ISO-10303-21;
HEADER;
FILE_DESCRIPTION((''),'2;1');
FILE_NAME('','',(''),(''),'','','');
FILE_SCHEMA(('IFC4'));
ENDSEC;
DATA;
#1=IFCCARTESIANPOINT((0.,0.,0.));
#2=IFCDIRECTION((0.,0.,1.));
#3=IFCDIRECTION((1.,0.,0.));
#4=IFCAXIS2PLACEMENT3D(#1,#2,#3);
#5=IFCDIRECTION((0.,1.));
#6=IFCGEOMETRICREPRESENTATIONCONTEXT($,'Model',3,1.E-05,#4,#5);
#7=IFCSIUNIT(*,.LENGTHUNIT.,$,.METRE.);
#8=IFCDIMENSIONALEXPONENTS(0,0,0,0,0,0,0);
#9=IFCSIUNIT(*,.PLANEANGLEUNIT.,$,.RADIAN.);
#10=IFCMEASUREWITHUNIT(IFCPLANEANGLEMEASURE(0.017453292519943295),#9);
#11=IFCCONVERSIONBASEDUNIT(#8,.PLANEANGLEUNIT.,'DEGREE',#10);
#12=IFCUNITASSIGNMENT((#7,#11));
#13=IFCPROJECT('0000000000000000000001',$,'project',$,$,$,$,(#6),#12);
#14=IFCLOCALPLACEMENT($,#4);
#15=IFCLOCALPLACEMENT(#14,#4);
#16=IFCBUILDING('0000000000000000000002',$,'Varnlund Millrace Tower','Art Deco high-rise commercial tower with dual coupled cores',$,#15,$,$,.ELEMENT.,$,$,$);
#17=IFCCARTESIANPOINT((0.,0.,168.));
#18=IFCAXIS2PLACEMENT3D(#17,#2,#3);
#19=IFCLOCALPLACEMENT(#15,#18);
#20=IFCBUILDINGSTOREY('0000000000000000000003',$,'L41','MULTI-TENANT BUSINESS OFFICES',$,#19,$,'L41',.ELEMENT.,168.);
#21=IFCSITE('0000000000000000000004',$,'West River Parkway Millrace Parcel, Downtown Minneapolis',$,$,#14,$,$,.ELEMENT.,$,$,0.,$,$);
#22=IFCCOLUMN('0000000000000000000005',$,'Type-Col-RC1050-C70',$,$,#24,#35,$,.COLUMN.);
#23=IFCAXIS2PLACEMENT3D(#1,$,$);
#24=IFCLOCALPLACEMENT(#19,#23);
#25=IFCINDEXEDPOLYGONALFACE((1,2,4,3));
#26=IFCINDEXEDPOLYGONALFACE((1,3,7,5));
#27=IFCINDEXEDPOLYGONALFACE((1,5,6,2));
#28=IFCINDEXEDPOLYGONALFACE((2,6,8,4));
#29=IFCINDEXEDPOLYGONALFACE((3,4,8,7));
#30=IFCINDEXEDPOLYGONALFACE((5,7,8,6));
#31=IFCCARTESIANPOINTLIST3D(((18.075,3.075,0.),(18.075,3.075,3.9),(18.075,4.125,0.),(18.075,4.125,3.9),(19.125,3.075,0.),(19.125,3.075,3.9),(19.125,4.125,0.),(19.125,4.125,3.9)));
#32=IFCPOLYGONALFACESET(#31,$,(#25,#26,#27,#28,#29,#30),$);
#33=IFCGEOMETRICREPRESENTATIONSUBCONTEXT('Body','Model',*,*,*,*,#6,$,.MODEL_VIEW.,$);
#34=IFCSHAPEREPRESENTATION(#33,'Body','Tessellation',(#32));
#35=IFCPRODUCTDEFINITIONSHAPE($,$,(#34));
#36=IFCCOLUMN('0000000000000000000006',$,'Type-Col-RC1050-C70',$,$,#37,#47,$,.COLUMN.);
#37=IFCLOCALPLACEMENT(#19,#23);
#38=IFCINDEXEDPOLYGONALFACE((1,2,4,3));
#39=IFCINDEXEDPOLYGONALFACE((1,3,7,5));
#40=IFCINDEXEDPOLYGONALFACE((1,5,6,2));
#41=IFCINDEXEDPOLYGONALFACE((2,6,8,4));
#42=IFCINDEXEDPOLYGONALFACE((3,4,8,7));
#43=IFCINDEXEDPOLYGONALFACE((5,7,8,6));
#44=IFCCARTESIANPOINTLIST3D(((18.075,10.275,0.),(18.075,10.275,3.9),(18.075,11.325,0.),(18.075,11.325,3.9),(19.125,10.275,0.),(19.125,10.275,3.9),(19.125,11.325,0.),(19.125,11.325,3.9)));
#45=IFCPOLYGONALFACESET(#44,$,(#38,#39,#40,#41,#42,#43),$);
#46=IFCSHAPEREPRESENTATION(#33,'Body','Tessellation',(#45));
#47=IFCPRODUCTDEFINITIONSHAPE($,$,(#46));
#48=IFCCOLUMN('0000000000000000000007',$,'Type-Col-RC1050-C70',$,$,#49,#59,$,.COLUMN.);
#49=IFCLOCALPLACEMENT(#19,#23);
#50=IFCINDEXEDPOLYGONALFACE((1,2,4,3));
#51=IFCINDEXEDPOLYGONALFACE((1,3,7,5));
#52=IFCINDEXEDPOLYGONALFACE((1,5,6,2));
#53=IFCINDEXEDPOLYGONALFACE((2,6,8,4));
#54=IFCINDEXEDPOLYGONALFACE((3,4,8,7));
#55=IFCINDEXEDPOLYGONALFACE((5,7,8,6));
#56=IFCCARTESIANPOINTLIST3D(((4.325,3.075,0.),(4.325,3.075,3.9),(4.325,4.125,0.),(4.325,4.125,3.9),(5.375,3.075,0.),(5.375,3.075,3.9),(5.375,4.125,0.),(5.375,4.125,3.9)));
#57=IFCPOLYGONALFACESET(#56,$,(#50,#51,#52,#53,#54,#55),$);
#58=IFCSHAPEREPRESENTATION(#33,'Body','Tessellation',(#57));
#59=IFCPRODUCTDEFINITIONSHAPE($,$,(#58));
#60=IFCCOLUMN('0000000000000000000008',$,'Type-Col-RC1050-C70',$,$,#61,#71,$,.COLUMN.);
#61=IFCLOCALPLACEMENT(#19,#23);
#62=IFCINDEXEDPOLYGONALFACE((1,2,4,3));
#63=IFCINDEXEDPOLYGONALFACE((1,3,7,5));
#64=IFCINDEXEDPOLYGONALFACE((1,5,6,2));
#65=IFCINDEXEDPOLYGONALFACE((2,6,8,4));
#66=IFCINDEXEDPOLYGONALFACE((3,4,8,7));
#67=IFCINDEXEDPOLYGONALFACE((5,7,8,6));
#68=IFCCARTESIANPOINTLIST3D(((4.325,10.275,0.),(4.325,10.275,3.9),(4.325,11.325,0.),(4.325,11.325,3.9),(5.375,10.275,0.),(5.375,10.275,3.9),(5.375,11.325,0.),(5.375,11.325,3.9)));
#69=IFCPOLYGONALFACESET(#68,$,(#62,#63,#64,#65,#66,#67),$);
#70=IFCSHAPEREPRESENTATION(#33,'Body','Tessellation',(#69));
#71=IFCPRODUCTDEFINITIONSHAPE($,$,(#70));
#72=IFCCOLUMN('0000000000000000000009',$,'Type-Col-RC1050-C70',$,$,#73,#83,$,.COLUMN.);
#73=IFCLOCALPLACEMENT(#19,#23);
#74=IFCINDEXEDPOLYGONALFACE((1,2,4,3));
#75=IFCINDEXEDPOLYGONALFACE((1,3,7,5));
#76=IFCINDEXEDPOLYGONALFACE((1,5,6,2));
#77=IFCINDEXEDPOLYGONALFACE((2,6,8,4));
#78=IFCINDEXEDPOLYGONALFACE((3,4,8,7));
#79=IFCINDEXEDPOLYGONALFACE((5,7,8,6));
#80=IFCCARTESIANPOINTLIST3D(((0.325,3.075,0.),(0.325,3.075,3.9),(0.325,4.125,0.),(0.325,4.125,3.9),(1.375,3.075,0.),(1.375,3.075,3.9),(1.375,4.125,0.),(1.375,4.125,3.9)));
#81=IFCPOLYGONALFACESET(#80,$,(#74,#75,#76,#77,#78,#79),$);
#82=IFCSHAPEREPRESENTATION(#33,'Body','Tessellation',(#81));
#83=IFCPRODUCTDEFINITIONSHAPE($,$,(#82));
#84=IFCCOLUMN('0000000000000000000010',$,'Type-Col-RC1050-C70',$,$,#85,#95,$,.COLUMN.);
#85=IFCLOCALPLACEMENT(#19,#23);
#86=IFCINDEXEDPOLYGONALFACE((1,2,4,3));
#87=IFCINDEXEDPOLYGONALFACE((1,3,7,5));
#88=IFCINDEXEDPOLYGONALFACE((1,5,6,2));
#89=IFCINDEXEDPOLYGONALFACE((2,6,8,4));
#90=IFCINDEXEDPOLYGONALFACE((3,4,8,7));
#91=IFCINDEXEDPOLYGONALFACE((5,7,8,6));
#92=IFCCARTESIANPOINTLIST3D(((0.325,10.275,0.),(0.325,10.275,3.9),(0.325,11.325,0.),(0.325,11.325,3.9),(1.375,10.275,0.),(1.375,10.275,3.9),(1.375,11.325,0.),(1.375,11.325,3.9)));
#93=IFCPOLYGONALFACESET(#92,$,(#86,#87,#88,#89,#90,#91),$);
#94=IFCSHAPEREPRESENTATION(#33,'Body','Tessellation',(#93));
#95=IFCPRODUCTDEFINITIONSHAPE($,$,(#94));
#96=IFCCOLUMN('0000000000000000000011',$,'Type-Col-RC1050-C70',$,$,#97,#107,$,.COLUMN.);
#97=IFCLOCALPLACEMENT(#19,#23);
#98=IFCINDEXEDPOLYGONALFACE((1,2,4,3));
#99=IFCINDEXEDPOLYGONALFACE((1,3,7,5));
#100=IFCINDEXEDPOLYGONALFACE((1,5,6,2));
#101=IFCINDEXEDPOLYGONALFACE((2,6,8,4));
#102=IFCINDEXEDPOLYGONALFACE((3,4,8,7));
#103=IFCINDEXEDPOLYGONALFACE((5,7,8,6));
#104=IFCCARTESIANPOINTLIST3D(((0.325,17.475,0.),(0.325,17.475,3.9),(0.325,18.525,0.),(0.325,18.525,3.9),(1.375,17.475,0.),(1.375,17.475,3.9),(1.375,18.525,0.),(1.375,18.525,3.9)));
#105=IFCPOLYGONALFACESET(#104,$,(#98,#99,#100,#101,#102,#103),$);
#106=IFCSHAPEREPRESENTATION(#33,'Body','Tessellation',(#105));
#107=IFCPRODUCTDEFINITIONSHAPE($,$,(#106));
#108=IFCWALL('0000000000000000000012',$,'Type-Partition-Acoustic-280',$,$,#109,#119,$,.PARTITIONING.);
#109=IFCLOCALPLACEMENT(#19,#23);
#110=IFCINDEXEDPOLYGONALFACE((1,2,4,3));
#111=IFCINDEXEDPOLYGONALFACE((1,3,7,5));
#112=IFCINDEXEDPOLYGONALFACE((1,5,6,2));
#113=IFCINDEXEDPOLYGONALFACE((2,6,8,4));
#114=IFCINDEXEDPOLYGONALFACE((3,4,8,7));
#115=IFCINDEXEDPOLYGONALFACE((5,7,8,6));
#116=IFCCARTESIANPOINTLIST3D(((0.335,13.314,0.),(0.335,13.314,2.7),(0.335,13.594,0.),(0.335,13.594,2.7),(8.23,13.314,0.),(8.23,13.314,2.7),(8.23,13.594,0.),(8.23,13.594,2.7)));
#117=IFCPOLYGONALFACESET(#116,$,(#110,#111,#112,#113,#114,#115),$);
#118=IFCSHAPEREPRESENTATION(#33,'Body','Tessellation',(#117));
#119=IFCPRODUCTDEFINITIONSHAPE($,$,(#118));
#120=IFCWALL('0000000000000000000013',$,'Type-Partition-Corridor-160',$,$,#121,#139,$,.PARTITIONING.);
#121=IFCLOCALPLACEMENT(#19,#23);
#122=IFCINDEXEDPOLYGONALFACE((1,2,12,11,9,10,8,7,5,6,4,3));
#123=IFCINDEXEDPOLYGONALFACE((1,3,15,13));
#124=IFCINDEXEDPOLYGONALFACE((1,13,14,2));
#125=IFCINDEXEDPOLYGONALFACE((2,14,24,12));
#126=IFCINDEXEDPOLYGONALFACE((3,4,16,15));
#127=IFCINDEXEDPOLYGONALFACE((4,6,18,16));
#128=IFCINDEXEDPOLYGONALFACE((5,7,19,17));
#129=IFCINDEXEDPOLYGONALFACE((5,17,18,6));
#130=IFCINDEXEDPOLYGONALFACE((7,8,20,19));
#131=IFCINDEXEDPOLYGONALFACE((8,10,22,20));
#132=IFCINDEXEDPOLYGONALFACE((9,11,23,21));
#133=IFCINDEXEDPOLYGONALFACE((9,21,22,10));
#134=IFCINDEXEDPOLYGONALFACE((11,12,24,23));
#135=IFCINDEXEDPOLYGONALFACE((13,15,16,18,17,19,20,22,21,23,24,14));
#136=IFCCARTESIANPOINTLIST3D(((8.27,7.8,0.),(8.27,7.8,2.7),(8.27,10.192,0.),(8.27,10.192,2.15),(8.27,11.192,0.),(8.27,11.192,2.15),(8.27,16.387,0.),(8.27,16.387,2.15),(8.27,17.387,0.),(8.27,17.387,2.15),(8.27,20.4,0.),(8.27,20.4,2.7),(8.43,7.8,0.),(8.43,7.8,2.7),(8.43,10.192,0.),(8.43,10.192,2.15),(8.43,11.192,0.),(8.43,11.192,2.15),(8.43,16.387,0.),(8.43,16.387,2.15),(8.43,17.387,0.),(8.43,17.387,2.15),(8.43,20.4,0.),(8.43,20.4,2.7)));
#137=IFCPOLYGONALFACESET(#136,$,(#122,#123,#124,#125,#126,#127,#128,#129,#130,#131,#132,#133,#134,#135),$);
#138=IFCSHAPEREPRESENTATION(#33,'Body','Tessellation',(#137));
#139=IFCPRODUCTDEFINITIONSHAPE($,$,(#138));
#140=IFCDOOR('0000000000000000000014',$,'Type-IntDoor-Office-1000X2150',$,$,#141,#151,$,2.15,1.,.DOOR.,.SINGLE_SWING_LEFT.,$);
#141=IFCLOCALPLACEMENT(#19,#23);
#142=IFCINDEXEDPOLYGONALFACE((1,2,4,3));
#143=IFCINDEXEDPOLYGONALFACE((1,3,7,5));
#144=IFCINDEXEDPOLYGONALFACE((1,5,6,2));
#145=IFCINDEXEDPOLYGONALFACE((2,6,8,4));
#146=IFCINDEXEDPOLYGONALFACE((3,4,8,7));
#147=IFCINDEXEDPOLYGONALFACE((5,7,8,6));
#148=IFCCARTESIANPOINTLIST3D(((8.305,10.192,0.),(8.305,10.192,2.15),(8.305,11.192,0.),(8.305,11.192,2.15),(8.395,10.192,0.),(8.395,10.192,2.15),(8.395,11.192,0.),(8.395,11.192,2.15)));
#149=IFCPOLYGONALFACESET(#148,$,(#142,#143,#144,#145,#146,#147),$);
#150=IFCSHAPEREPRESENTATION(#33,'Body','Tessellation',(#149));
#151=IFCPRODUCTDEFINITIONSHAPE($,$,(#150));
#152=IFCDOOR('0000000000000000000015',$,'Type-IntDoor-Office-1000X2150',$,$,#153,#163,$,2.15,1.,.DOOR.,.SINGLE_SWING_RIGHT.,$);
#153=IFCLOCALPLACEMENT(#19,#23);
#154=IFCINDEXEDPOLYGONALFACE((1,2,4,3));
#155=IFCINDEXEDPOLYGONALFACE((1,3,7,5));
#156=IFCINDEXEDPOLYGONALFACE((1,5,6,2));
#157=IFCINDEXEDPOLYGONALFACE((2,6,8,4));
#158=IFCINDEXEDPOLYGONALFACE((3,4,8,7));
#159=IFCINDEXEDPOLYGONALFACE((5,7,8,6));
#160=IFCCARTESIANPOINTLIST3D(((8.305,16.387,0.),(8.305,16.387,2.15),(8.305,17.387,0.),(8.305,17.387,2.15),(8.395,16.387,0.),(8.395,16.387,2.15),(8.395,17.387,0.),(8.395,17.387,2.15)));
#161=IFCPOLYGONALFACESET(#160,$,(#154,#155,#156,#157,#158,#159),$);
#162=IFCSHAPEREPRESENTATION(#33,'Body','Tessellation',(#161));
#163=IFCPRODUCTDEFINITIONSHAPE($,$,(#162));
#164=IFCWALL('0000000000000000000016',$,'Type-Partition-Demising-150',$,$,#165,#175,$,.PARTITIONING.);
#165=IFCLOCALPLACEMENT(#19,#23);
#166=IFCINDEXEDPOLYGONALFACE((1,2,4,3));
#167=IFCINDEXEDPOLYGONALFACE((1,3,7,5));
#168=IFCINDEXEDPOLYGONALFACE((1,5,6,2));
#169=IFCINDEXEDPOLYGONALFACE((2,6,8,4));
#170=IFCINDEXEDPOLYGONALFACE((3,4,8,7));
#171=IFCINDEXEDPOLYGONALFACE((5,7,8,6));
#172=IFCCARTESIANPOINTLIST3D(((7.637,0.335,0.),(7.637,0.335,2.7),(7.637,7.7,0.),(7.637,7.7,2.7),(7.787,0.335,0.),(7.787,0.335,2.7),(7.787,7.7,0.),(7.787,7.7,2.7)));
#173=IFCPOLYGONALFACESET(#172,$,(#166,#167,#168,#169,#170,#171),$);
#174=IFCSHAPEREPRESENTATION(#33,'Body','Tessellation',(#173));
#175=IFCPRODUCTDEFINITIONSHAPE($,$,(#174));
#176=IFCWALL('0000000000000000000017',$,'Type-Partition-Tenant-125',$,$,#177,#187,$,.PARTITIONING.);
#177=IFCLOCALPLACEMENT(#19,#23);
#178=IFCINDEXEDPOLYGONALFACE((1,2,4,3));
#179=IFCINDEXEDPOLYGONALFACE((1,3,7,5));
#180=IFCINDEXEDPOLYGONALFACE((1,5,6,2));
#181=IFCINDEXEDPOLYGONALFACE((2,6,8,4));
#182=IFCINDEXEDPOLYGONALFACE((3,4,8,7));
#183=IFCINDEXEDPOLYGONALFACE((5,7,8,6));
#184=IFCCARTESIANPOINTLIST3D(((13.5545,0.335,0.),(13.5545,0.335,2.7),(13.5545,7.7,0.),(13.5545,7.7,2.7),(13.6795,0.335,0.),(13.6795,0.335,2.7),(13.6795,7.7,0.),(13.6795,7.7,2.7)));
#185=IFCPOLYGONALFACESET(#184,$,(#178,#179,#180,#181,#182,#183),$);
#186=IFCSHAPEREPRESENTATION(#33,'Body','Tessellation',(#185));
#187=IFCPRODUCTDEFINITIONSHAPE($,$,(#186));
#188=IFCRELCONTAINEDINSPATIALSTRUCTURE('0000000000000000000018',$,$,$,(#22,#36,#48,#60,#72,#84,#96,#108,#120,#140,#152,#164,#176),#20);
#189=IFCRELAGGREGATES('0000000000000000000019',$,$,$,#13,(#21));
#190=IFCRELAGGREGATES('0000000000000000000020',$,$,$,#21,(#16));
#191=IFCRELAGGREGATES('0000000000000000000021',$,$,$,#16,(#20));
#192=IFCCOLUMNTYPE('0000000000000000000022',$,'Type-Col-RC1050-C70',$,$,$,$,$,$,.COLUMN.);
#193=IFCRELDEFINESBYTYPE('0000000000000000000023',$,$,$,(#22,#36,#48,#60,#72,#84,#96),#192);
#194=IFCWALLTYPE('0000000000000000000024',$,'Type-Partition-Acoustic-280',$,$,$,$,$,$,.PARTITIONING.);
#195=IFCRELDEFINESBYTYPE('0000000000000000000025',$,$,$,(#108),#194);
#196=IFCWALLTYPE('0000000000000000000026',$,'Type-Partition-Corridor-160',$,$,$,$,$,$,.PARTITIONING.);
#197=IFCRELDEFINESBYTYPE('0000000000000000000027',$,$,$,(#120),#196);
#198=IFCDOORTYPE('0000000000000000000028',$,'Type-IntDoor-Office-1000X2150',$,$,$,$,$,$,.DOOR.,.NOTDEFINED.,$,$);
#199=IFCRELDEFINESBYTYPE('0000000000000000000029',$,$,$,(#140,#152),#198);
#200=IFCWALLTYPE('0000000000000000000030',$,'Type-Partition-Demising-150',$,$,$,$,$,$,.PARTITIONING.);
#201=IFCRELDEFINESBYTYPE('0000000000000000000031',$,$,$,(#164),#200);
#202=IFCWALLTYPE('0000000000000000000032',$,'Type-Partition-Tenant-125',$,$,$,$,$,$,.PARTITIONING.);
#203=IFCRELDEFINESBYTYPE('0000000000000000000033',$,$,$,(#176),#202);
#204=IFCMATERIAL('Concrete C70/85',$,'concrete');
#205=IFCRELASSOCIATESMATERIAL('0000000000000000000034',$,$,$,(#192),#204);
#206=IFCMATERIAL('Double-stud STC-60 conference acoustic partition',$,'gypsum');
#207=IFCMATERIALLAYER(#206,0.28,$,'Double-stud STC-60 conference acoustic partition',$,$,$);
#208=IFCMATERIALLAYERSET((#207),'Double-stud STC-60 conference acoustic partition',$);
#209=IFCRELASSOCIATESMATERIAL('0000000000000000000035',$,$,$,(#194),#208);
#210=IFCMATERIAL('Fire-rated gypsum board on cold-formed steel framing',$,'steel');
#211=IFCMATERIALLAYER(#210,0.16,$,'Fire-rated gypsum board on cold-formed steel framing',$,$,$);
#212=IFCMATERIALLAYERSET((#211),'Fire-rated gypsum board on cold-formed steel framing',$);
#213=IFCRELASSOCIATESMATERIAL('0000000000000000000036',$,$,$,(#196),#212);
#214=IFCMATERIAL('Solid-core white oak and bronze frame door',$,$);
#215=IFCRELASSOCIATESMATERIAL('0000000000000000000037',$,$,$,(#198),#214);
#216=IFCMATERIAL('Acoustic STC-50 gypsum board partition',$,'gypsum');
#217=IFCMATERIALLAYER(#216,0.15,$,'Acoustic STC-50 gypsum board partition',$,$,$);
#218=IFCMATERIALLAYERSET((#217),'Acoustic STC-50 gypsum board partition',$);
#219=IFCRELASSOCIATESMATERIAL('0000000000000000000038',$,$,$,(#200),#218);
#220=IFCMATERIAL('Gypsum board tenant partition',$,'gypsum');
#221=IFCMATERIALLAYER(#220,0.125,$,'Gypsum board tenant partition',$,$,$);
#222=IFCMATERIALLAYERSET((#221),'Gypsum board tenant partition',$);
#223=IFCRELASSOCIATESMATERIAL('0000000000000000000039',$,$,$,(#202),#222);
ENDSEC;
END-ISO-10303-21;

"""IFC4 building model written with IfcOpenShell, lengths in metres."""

from ifc_helpers import new_model, entity, si_unit, converted_unit, direction, frame, origin_with_axes, origin_2d_with_axis, place, context, subcontext, project, spatial, polyline, rectangle, outline, extrude, material, layer, layer_set, material_profile, profile_set, type_object, element, fill, save


model = new_model("IFC4")

# Units and contexts
model_context = context("Model", 3, precision=1e-05, world=origin_with_axes(), true_north=direction((0.0, 1.0)))
body_context = subcontext(model_context, "Body", "Model", "MODEL_VIEW")
ifc_project = project(units=[si_unit("LENGTHUNIT", "METRE"), converted_unit("PLANEANGLEUNIT", "DEGREE", entity("IfcPlaneAngleMeasure", 0.017453292519943295), si_unit("PLANEANGLEUNIT", "RADIAN"), dimensions=[0, 0, 0, 0, 0, 0, 0])], contexts=[model_context])

# Site, building, storey
site_placement = place(None, origin_with_axes())
site = spatial("IfcSite", under=ifc_project, at=site_placement, Name="West River Parkway Millrace Parcel, Downtown Minneapolis", CompositionType="ELEMENT", RefElevation=0.0)
building_placement = place(site_placement, origin_with_axes())
building = spatial("IfcBuilding", under=site, at=building_placement, Name="Varnlund Millrace Tower", Description="Art Deco high-rise commercial tower with dual coupled cores", CompositionType="ELEMENT")
storey_placement = place(building_placement, frame((0.0, 0.0, 168.0), z_axis=(0.0, 0.0, 1.0), x_axis=(1.0, 0.0, 0.0)))
storey = spatial("IfcBuildingStorey", under=building, at=storey_placement, Name="L41", Description="MULTI-TENANT BUSINESS OFFICES", LongName="L41", CompositionType="ELEMENT", Elevation=168.0)

# Columns
ifc_material_1 = material(Name="Concrete C70/85", Category="concrete")
ifc_material_profile = material_profile(ifc_material_1, rectangle(XDim=1.05, YDim=1.05, at=origin_2d_with_axis()), Name="Concrete C70/85")
ifc_profile_set = profile_set([ifc_material_profile], Name="Concrete C70/85")
column_type = type_object("IfcColumnType", Name="Type-Col-RC1050-C70", PredefinedType="COLUMN", material=ifc_profile_set)
for number, where, z_axis, x_axis, name in (
    (1, (18.6, 3.6, 0.0), (0.0, 0.0, 1.0), (1.0, 0.0, 0.0), "Type-Col-RC1050-C70"),
    (2, (18.6, 10.8, 0.0), (0.0, 0.0, 1.0), (1.0, 0.0, 0.0), "Type-Col-RC1050-C70"),
    (3, (4.85, 3.6, 0.0), (0.0, 0.0, 1.0), (1.0, 0.0, 0.0), "Type-Col-RC1050-C70"),
    (4, (4.85, 10.8, 0.0), (0.0, 0.0, 1.0), (1.0, 0.0, 0.0), "Type-Col-RC1050-C70"),
    (5, (0.85, 3.6, 0.0), (0.0, 0.0, 1.0), (1.0, 0.0, 0.0), "Type-Col-RC1050-C70"),
    (6, (0.85, 10.8, 0.0), (0.0, 0.0, 1.0), (1.0, 0.0, 0.0), "Type-Col-RC1050-C70"),
    (7, (0.85, 18.0, 0.0), (0.0, 0.0, 1.0), (1.0, 0.0, 0.0), "Type-Col-RC1050-C70"),
):
    element("IfcColumn", number, at=place(storey_placement, frame(where, z_axis=z_axis, x_axis=x_axis)), inside=storey, type_object=column_type, Name=name, PredefinedType="COLUMN", context=body_context, shape_type="SweptSolid", body=[
        extrude(rectangle(XDim=1.05, YDim=1.05, at=origin_2d_with_axis()), origin_with_axes(), (0.0, 0.0, 1.0), 3.9),
    ])

# Wall
ifc_material_2 = material(Name="Double-stud STC-60 conference acoustic partition", Category="gypsum")
ifc_layer_1 = layer(ifc_material_2, 0.28, Name="Double-stud STC-60 conference acoustic partition")
ifc_layer_set_1 = layer_set([ifc_layer_1], Name="Double-stud STC-60 conference acoustic partition")
wall_type_1 = type_object("IfcWallType", Name="Type-Partition-Acoustic-280", PredefinedType="PARTITIONING", material=ifc_layer_set_1)
wall_1_placement = place(storey_placement, frame((0.335, 13.454, 0.0), z_axis=(0.0, 0.0, 1.0), x_axis=(1.0, 0.0, 0.0)))
element("IfcWall", 8, at=wall_1_placement, inside=storey, type_object=wall_type_1, Name="Type-Partition-Acoustic-280", PredefinedType="PARTITIONING", context=body_context, shape_type="SweptSolid", body=[
    extrude(outline(polyline([(0.0, -0.14), (7.895, -0.14), (7.895, 0.14), (0.0, 0.14), (0.0, -0.14)])), origin_with_axes(), (0.0, 0.0, 1.0), 2.7),
])

# Wall, openings, doors
ifc_material_3 = material(Name="Fire-rated gypsum board on cold-formed steel framing", Category="steel")
ifc_layer_2 = layer(ifc_material_3, 0.16, Name="Fire-rated gypsum board on cold-formed steel framing")
ifc_layer_set_2 = layer_set([ifc_layer_2], Name="Fire-rated gypsum board on cold-formed steel framing")
wall_type_2 = type_object("IfcWallType", Name="Type-Partition-Corridor-160", PredefinedType="PARTITIONING", material=ifc_layer_set_2)
ifc_material_4 = material(Name="Solid-core white oak and bronze frame door")
door_type_1 = type_object("IfcDoorType", Name="Type-IntDoor-Office-1000X2150", OperationType="NOTDEFINED", PredefinedType="DOOR", material=ifc_material_4)
wall_2_placement = place(storey_placement, frame((8.35, 7.8, 0.0), z_axis=(0.0, 0.0, 1.0), x_axis=(0.0, 1.0, 0.0)))
wall_2 = element("IfcWall", 9, at=wall_2_placement, inside=storey, type_object=wall_type_2, Name="Type-Partition-Corridor-160", PredefinedType="PARTITIONING", context=body_context, shape_type="SweptSolid", body=[
    extrude(outline(polyline([(0.0, -0.08), (12.6, -0.08), (12.6, 0.08), (0.0, 0.08), (0.0, -0.08)])), origin_with_axes(), (0.0, 0.0, 1.0), 2.7),
])
opening_1_placement = place(wall_2_placement, frame((2.892, 0.0, 0.0), z_axis=(0.0, 0.0, 1.0), x_axis=(1.0, 0.0, 0.0)))
opening_1 = element("IfcOpeningElement", 10, at=opening_1_placement, cuts=wall_2, PredefinedType="OPENING", context=body_context, shape_type="SweptSolid", body=[
    extrude(rectangle(XDim=1.0, YDim=0.18, at=origin_2d_with_axis()), origin_with_axes(), (0.0, 0.0, 1.0), 2.15),
])
opening_2_placement = place(wall_2_placement, frame((9.087, 0.0, 0.0), z_axis=(0.0, 0.0, 1.0), x_axis=(1.0, 0.0, 0.0)))
opening_2 = element("IfcOpeningElement", 11, at=opening_2_placement, cuts=wall_2, PredefinedType="OPENING", context=body_context, shape_type="SweptSolid", body=[
    extrude(rectangle(XDim=1.0, YDim=0.18, at=origin_2d_with_axis()), origin_with_axes(), (0.0, 0.0, 1.0), 2.15),
])
door_1_placement = place(wall_2_placement, frame((2.892, 0.0, 0.0), z_axis=(0.0, 0.0, 1.0), x_axis=(1.0, 0.0, 0.0)))
door_1 = element("IfcDoor", 12, at=door_1_placement, inside=storey, type_object=door_type_1, Name="Type-IntDoor-Office-1000X2150", OperationType="SINGLE_SWING_LEFT", OverallHeight=2.15, OverallWidth=1.0, PredefinedType="DOOR", context=body_context, shape_type="SweptSolid", body=[
    extrude(rectangle(XDim=1.0, YDim=0.09, at=origin_2d_with_axis()), origin_with_axes(), (0.0, 0.0, 1.0), 2.15),
])
fill(opening_1, door_1)
door_2_placement = place(wall_2_placement, frame((9.087, 0.0, 0.0), z_axis=(0.0, 0.0, 1.0), x_axis=(1.0, 0.0, 0.0)))
door_2 = element("IfcDoor", 13, at=door_2_placement, inside=storey, type_object=door_type_1, Name="Type-IntDoor-Office-1000X2150", OperationType="SINGLE_SWING_RIGHT", OverallHeight=2.15, OverallWidth=1.0, PredefinedType="DOOR", context=body_context, shape_type="SweptSolid", body=[
    extrude(rectangle(XDim=1.0, YDim=0.09, at=origin_2d_with_axis()), origin_with_axes(), (0.0, 0.0, 1.0), 2.15),
])
fill(opening_2, door_2)

# Walls
ifc_material_5 = material(Name="Acoustic STC-50 gypsum board partition", Category="gypsum")
ifc_layer_3 = layer(ifc_material_5, 0.15, Name="Acoustic STC-50 gypsum board partition")
ifc_layer_set_3 = layer_set([ifc_layer_3], Name="Acoustic STC-50 gypsum board partition")
wall_type_3 = type_object("IfcWallType", Name="Type-Partition-Demising-150", PredefinedType="PARTITIONING", material=ifc_layer_set_3)
wall_3_placement = place(storey_placement, frame((7.712, 0.335, 0.0), z_axis=(0.0, 0.0, 1.0), x_axis=(0.0, 1.0, 0.0)))
element("IfcWall", 14, at=wall_3_placement, inside=storey, type_object=wall_type_3, Name="Type-Partition-Demising-150", PredefinedType="PARTITIONING", context=body_context, shape_type="SweptSolid", body=[
    extrude(outline(polyline([(0.0, -0.075), (7.365, -0.075), (7.365, 0.075), (0.0, 0.075), (0.0, -0.075)])), origin_with_axes(), (0.0, 0.0, 1.0), 2.7),
])
ifc_material_6 = material(Name="Gypsum board tenant partition", Category="gypsum")
ifc_layer_4 = layer(ifc_material_6, 0.125, Name="Gypsum board tenant partition")
ifc_layer_set_4 = layer_set([ifc_layer_4], Name="Gypsum board tenant partition")
wall_type_4 = type_object("IfcWallType", Name="Type-Partition-Tenant-125", PredefinedType="PARTITIONING", material=ifc_layer_set_4)
wall_4_placement = place(storey_placement, frame((13.617, 0.335, 0.0), z_axis=(0.0, 0.0, 1.0), x_axis=(0.0, 1.0, 0.0)))
element("IfcWall", 15, at=wall_4_placement, inside=storey, type_object=wall_type_4, Name="Type-Partition-Tenant-125", PredefinedType="PARTITIONING", context=body_context, shape_type="SweptSolid", body=[
    extrude(outline(polyline([(0.0, -0.0625), (7.365, -0.0625), (7.365, 0.0625), (0.0, 0.0625), (0.0, -0.0625)])), origin_with_axes(), (0.0, 0.0, 1.0), 2.7),
])

save(model, "model.ifc")
